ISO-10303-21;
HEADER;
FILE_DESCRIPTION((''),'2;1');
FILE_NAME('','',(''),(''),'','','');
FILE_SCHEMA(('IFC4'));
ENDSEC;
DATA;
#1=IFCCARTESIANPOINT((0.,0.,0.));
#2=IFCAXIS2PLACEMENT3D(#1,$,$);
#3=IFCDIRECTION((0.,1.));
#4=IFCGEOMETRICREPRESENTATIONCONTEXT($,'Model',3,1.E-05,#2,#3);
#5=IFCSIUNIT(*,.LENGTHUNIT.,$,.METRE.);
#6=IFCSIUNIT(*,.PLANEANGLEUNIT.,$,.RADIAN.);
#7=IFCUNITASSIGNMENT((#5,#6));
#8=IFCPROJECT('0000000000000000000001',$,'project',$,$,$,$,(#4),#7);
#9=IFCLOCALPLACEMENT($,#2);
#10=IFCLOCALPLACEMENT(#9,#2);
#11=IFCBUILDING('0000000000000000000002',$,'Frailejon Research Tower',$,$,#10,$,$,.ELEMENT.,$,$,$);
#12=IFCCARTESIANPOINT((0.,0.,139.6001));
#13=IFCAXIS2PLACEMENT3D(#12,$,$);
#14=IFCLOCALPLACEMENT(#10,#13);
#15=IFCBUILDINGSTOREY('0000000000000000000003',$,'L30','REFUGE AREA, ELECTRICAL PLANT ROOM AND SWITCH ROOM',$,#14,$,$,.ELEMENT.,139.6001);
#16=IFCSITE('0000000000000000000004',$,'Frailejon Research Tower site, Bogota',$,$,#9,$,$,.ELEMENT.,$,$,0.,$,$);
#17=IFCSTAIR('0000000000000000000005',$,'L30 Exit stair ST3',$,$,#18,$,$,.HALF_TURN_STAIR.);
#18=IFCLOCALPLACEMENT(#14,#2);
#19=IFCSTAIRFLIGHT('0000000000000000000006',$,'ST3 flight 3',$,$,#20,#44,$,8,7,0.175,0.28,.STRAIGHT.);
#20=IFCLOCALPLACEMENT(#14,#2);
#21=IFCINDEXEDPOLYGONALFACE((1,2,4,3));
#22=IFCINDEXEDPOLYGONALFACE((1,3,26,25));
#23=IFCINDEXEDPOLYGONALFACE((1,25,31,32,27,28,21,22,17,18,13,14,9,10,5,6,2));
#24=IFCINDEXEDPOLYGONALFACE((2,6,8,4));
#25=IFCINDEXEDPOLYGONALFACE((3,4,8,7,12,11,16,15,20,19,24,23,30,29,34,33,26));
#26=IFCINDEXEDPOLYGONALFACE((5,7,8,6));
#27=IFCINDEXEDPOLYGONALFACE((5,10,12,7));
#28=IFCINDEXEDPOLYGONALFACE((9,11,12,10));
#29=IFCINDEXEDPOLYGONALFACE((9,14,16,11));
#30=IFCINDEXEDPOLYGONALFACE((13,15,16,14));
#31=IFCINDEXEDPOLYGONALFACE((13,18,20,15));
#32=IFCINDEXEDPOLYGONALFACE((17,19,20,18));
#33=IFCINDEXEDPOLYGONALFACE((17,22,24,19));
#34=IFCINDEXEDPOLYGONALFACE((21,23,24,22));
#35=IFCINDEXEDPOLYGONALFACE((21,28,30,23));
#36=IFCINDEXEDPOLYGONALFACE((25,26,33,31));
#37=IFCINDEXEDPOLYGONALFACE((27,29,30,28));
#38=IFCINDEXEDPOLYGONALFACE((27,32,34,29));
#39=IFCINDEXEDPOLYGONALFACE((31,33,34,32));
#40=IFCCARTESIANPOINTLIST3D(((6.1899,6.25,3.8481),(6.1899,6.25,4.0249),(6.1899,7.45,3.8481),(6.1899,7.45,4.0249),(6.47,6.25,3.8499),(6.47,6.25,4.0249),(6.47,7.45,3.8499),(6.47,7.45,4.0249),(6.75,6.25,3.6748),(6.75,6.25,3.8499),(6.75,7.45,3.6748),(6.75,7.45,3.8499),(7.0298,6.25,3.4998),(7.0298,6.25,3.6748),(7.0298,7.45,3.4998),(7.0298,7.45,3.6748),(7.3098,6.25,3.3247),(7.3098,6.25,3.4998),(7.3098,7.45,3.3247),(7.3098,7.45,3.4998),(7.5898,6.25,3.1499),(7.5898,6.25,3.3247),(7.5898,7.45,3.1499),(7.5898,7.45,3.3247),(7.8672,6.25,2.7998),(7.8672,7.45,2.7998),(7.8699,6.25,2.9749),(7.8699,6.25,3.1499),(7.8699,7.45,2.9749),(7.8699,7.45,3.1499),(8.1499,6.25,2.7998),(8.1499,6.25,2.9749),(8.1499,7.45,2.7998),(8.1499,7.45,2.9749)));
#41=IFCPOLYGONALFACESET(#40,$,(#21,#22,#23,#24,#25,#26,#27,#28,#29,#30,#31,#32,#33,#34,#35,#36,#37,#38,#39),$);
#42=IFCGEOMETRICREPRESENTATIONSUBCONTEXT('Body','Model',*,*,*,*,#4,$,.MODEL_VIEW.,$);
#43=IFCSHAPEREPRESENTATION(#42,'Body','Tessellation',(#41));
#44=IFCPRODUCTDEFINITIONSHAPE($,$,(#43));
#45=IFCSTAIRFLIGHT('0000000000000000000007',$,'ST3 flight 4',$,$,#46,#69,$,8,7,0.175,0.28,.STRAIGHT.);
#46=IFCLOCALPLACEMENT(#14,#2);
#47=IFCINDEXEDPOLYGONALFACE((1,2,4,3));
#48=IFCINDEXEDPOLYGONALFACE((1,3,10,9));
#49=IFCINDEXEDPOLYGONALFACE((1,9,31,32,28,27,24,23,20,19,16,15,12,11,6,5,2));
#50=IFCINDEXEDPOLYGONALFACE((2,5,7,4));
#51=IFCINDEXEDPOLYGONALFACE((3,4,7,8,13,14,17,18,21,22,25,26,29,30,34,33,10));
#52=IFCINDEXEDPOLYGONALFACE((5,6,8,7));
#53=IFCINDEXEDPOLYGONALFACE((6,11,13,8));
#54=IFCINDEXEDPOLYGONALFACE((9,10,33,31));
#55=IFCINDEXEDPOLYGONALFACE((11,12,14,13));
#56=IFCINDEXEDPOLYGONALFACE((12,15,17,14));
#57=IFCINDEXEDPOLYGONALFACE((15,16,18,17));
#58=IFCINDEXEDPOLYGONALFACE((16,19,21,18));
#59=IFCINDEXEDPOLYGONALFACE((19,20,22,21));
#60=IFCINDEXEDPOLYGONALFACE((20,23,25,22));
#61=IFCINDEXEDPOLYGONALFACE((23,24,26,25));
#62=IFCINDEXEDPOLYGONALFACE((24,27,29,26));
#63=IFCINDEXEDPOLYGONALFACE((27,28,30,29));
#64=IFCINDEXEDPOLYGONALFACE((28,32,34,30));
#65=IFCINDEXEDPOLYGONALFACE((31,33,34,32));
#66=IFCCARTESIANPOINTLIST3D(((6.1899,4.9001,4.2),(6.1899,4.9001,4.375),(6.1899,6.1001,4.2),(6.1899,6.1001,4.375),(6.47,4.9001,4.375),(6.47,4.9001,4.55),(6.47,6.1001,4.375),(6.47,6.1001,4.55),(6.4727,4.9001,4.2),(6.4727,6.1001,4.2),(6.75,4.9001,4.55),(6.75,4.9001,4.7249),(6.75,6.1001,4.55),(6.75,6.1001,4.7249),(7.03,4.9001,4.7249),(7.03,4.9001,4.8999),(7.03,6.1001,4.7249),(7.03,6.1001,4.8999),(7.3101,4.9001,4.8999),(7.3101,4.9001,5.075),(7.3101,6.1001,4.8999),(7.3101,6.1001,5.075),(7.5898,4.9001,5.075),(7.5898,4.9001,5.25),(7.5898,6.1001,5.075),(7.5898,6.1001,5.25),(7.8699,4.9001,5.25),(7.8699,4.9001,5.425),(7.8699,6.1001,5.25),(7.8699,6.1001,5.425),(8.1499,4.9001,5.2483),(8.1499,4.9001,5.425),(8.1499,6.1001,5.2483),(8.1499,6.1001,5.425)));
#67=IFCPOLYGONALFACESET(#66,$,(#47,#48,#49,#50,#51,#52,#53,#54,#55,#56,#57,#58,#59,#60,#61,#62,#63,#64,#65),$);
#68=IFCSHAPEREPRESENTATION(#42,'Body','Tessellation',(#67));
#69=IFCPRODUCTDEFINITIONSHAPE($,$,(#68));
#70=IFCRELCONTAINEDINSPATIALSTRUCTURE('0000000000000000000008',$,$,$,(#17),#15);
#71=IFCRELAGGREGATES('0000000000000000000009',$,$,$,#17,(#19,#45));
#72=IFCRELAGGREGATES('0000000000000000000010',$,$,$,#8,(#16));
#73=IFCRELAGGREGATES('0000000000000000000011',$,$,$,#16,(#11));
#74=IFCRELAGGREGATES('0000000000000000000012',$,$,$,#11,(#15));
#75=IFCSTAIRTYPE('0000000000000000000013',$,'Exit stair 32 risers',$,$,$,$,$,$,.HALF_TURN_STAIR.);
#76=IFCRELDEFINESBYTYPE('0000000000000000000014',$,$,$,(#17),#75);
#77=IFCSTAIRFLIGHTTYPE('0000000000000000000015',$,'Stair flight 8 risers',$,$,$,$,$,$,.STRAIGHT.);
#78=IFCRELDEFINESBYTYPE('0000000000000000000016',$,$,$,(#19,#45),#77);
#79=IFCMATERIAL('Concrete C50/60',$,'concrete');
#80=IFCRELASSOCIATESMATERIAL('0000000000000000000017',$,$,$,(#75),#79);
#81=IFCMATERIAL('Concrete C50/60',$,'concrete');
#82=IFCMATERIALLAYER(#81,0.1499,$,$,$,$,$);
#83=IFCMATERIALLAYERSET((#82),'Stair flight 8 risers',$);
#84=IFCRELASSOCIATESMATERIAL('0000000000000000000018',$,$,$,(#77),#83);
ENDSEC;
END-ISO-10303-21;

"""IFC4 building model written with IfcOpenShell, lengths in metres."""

from ifc_helpers import new_model, si_unit, direction, frame, origin, place, context, subcontext, project, spatial, polyline, outline, extrude, material, layer, layer_set, type_object, element, aggregate, save


model = new_model("IFC4")

# Units and contexts
model_context = context("Model", 3, precision=1e-05, world=origin(), true_north=direction((0.0, 1.0)))
body_context = subcontext(model_context, "Body", "Model", "MODEL_VIEW")
ifc_project = project(units=[si_unit("LENGTHUNIT", "METRE"), si_unit("PLANEANGLEUNIT", "RADIAN")], contexts=[model_context])

# Site, building, storey
site_placement = place(None, origin())
site = spatial("IfcSite", under=ifc_project, at=site_placement, Name="Frailejon Research Tower site, Bogota", CompositionType="ELEMENT", RefElevation=0.0)
building_placement = place(site_placement, origin())
building = spatial("IfcBuilding", under=site, at=building_placement, Name="Frailejon Research Tower", CompositionType="ELEMENT")
storey_placement = place(building_placement, frame((0.0, 0.0, 139.6001)))
storey = spatial("IfcBuildingStorey", under=building, at=storey_placement, Name="L30", Description="REFUGE AREA, ELECTRICAL PLANT ROOM AND SWITCH ROOM", CompositionType="ELEMENT", Elevation=139.6001)

# Stair
ifc_material_1 = material(Name="Concrete C50/60", Category="concrete")
stair_type = type_object("IfcStairType", Name="Exit stair 32 risers", PredefinedType="HALF_TURN_STAIR", material=ifc_material_1)
stair_placement = place(storey_placement, origin())
stair = element("IfcStair", 1, at=stair_placement, inside=storey, type_object=stair_type, Name="L30 Exit stair ST3", PredefinedType="HALF_TURN_STAIR")

# Stair flights
ifc_material_2 = material(Name="Concrete C50/60", Category="concrete")
ifc_layer_1 = layer(ifc_material_2, 0.1499)
ifc_layer_set_1 = layer_set([ifc_layer_1], Name="Stair flight 8 risers")
stair_flight_type = type_object("IfcStairFlightType", Name="Stair flight 8 risers", PredefinedType="STRAIGHT", material=ifc_layer_set_1)
stair_flight_1_placement = place(storey_placement, frame((8.1499, 6.8501, 2.7998), z_axis=(0.0, 0.0, 1.0), x_axis=(-1.0, 0.0, 0.0)))
stair_flight_1 = element("IfcStairFlight", 2, at=stair_flight_1_placement, type_object=stair_flight_type, Name="ST3 flight 3", NumberOfRisers=8, NumberOfTreads=7, PredefinedType="STRAIGHT", RiserHeight=0.175, TreadLength=0.28, context=body_context, shape_type="SweptSolid", body=[
    extrude(outline(polyline([(0.0, 0.0), (0.0, 0.175), (0.28, 0.175), (0.28, 0.3501), (0.5601, 0.3501), (0.5601, 0.5249), (0.8401, 0.5249), (0.8401, 0.7), (1.1201, 0.7), (1.1201, 0.875), (1.3999, 0.875), (1.3999, 1.05), (1.6799, 1.05), (1.6799, 1.2251), (1.96, 1.2251), (1.96, 1.3999), (1.96, 1.0483), (0.2827, 0.0), (0.0, 0.0)])), frame((0.0, 0.6001, 0.0), z_axis=(0.0, -1.0, 0.0), x_axis=(1.0, 0.0, 0.0)), (0.0, 0.0, 1.0), 1.2),
])
stair_flight_2_placement = place(storey_placement, frame((6.1899, 5.5, 4.2), z_axis=(0.0, 0.0, 1.0), x_axis=(1.0, 0.0, 0.0)))
stair_flight_2 = element("IfcStairFlight", 3, at=stair_flight_2_placement, type_object=stair_flight_type, Name="ST3 flight 4", NumberOfRisers=8, NumberOfTreads=7, PredefinedType="STRAIGHT", RiserHeight=0.175, TreadLength=0.28, context=body_context, shape_type="SweptSolid", body=[
    extrude(outline(polyline([(0.0, 0.0), (0.0, 0.175), (0.28, 0.175), (0.28, 0.3501), (0.5601, 0.3501), (0.5601, 0.5249), (0.8401, 0.5249), (0.8401, 0.7), (1.1201, 0.7), (1.1201, 0.875), (1.3999, 0.875), (1.3999, 1.05), (1.6799, 1.05), (1.6799, 1.2251), (1.96, 1.2251), (1.96, 1.3999), (1.96, 1.0483), (0.2827, 0.0), (0.0, 0.0)])), frame((0.0, 0.6001, 0.0), z_axis=(0.0, -1.0, 0.0), x_axis=(1.0, 0.0, 0.0)), (0.0, 0.0, 1.0), 1.2),
])
aggregate(stair, [stair_flight_1, stair_flight_2])

save(model, "model.ifc")
